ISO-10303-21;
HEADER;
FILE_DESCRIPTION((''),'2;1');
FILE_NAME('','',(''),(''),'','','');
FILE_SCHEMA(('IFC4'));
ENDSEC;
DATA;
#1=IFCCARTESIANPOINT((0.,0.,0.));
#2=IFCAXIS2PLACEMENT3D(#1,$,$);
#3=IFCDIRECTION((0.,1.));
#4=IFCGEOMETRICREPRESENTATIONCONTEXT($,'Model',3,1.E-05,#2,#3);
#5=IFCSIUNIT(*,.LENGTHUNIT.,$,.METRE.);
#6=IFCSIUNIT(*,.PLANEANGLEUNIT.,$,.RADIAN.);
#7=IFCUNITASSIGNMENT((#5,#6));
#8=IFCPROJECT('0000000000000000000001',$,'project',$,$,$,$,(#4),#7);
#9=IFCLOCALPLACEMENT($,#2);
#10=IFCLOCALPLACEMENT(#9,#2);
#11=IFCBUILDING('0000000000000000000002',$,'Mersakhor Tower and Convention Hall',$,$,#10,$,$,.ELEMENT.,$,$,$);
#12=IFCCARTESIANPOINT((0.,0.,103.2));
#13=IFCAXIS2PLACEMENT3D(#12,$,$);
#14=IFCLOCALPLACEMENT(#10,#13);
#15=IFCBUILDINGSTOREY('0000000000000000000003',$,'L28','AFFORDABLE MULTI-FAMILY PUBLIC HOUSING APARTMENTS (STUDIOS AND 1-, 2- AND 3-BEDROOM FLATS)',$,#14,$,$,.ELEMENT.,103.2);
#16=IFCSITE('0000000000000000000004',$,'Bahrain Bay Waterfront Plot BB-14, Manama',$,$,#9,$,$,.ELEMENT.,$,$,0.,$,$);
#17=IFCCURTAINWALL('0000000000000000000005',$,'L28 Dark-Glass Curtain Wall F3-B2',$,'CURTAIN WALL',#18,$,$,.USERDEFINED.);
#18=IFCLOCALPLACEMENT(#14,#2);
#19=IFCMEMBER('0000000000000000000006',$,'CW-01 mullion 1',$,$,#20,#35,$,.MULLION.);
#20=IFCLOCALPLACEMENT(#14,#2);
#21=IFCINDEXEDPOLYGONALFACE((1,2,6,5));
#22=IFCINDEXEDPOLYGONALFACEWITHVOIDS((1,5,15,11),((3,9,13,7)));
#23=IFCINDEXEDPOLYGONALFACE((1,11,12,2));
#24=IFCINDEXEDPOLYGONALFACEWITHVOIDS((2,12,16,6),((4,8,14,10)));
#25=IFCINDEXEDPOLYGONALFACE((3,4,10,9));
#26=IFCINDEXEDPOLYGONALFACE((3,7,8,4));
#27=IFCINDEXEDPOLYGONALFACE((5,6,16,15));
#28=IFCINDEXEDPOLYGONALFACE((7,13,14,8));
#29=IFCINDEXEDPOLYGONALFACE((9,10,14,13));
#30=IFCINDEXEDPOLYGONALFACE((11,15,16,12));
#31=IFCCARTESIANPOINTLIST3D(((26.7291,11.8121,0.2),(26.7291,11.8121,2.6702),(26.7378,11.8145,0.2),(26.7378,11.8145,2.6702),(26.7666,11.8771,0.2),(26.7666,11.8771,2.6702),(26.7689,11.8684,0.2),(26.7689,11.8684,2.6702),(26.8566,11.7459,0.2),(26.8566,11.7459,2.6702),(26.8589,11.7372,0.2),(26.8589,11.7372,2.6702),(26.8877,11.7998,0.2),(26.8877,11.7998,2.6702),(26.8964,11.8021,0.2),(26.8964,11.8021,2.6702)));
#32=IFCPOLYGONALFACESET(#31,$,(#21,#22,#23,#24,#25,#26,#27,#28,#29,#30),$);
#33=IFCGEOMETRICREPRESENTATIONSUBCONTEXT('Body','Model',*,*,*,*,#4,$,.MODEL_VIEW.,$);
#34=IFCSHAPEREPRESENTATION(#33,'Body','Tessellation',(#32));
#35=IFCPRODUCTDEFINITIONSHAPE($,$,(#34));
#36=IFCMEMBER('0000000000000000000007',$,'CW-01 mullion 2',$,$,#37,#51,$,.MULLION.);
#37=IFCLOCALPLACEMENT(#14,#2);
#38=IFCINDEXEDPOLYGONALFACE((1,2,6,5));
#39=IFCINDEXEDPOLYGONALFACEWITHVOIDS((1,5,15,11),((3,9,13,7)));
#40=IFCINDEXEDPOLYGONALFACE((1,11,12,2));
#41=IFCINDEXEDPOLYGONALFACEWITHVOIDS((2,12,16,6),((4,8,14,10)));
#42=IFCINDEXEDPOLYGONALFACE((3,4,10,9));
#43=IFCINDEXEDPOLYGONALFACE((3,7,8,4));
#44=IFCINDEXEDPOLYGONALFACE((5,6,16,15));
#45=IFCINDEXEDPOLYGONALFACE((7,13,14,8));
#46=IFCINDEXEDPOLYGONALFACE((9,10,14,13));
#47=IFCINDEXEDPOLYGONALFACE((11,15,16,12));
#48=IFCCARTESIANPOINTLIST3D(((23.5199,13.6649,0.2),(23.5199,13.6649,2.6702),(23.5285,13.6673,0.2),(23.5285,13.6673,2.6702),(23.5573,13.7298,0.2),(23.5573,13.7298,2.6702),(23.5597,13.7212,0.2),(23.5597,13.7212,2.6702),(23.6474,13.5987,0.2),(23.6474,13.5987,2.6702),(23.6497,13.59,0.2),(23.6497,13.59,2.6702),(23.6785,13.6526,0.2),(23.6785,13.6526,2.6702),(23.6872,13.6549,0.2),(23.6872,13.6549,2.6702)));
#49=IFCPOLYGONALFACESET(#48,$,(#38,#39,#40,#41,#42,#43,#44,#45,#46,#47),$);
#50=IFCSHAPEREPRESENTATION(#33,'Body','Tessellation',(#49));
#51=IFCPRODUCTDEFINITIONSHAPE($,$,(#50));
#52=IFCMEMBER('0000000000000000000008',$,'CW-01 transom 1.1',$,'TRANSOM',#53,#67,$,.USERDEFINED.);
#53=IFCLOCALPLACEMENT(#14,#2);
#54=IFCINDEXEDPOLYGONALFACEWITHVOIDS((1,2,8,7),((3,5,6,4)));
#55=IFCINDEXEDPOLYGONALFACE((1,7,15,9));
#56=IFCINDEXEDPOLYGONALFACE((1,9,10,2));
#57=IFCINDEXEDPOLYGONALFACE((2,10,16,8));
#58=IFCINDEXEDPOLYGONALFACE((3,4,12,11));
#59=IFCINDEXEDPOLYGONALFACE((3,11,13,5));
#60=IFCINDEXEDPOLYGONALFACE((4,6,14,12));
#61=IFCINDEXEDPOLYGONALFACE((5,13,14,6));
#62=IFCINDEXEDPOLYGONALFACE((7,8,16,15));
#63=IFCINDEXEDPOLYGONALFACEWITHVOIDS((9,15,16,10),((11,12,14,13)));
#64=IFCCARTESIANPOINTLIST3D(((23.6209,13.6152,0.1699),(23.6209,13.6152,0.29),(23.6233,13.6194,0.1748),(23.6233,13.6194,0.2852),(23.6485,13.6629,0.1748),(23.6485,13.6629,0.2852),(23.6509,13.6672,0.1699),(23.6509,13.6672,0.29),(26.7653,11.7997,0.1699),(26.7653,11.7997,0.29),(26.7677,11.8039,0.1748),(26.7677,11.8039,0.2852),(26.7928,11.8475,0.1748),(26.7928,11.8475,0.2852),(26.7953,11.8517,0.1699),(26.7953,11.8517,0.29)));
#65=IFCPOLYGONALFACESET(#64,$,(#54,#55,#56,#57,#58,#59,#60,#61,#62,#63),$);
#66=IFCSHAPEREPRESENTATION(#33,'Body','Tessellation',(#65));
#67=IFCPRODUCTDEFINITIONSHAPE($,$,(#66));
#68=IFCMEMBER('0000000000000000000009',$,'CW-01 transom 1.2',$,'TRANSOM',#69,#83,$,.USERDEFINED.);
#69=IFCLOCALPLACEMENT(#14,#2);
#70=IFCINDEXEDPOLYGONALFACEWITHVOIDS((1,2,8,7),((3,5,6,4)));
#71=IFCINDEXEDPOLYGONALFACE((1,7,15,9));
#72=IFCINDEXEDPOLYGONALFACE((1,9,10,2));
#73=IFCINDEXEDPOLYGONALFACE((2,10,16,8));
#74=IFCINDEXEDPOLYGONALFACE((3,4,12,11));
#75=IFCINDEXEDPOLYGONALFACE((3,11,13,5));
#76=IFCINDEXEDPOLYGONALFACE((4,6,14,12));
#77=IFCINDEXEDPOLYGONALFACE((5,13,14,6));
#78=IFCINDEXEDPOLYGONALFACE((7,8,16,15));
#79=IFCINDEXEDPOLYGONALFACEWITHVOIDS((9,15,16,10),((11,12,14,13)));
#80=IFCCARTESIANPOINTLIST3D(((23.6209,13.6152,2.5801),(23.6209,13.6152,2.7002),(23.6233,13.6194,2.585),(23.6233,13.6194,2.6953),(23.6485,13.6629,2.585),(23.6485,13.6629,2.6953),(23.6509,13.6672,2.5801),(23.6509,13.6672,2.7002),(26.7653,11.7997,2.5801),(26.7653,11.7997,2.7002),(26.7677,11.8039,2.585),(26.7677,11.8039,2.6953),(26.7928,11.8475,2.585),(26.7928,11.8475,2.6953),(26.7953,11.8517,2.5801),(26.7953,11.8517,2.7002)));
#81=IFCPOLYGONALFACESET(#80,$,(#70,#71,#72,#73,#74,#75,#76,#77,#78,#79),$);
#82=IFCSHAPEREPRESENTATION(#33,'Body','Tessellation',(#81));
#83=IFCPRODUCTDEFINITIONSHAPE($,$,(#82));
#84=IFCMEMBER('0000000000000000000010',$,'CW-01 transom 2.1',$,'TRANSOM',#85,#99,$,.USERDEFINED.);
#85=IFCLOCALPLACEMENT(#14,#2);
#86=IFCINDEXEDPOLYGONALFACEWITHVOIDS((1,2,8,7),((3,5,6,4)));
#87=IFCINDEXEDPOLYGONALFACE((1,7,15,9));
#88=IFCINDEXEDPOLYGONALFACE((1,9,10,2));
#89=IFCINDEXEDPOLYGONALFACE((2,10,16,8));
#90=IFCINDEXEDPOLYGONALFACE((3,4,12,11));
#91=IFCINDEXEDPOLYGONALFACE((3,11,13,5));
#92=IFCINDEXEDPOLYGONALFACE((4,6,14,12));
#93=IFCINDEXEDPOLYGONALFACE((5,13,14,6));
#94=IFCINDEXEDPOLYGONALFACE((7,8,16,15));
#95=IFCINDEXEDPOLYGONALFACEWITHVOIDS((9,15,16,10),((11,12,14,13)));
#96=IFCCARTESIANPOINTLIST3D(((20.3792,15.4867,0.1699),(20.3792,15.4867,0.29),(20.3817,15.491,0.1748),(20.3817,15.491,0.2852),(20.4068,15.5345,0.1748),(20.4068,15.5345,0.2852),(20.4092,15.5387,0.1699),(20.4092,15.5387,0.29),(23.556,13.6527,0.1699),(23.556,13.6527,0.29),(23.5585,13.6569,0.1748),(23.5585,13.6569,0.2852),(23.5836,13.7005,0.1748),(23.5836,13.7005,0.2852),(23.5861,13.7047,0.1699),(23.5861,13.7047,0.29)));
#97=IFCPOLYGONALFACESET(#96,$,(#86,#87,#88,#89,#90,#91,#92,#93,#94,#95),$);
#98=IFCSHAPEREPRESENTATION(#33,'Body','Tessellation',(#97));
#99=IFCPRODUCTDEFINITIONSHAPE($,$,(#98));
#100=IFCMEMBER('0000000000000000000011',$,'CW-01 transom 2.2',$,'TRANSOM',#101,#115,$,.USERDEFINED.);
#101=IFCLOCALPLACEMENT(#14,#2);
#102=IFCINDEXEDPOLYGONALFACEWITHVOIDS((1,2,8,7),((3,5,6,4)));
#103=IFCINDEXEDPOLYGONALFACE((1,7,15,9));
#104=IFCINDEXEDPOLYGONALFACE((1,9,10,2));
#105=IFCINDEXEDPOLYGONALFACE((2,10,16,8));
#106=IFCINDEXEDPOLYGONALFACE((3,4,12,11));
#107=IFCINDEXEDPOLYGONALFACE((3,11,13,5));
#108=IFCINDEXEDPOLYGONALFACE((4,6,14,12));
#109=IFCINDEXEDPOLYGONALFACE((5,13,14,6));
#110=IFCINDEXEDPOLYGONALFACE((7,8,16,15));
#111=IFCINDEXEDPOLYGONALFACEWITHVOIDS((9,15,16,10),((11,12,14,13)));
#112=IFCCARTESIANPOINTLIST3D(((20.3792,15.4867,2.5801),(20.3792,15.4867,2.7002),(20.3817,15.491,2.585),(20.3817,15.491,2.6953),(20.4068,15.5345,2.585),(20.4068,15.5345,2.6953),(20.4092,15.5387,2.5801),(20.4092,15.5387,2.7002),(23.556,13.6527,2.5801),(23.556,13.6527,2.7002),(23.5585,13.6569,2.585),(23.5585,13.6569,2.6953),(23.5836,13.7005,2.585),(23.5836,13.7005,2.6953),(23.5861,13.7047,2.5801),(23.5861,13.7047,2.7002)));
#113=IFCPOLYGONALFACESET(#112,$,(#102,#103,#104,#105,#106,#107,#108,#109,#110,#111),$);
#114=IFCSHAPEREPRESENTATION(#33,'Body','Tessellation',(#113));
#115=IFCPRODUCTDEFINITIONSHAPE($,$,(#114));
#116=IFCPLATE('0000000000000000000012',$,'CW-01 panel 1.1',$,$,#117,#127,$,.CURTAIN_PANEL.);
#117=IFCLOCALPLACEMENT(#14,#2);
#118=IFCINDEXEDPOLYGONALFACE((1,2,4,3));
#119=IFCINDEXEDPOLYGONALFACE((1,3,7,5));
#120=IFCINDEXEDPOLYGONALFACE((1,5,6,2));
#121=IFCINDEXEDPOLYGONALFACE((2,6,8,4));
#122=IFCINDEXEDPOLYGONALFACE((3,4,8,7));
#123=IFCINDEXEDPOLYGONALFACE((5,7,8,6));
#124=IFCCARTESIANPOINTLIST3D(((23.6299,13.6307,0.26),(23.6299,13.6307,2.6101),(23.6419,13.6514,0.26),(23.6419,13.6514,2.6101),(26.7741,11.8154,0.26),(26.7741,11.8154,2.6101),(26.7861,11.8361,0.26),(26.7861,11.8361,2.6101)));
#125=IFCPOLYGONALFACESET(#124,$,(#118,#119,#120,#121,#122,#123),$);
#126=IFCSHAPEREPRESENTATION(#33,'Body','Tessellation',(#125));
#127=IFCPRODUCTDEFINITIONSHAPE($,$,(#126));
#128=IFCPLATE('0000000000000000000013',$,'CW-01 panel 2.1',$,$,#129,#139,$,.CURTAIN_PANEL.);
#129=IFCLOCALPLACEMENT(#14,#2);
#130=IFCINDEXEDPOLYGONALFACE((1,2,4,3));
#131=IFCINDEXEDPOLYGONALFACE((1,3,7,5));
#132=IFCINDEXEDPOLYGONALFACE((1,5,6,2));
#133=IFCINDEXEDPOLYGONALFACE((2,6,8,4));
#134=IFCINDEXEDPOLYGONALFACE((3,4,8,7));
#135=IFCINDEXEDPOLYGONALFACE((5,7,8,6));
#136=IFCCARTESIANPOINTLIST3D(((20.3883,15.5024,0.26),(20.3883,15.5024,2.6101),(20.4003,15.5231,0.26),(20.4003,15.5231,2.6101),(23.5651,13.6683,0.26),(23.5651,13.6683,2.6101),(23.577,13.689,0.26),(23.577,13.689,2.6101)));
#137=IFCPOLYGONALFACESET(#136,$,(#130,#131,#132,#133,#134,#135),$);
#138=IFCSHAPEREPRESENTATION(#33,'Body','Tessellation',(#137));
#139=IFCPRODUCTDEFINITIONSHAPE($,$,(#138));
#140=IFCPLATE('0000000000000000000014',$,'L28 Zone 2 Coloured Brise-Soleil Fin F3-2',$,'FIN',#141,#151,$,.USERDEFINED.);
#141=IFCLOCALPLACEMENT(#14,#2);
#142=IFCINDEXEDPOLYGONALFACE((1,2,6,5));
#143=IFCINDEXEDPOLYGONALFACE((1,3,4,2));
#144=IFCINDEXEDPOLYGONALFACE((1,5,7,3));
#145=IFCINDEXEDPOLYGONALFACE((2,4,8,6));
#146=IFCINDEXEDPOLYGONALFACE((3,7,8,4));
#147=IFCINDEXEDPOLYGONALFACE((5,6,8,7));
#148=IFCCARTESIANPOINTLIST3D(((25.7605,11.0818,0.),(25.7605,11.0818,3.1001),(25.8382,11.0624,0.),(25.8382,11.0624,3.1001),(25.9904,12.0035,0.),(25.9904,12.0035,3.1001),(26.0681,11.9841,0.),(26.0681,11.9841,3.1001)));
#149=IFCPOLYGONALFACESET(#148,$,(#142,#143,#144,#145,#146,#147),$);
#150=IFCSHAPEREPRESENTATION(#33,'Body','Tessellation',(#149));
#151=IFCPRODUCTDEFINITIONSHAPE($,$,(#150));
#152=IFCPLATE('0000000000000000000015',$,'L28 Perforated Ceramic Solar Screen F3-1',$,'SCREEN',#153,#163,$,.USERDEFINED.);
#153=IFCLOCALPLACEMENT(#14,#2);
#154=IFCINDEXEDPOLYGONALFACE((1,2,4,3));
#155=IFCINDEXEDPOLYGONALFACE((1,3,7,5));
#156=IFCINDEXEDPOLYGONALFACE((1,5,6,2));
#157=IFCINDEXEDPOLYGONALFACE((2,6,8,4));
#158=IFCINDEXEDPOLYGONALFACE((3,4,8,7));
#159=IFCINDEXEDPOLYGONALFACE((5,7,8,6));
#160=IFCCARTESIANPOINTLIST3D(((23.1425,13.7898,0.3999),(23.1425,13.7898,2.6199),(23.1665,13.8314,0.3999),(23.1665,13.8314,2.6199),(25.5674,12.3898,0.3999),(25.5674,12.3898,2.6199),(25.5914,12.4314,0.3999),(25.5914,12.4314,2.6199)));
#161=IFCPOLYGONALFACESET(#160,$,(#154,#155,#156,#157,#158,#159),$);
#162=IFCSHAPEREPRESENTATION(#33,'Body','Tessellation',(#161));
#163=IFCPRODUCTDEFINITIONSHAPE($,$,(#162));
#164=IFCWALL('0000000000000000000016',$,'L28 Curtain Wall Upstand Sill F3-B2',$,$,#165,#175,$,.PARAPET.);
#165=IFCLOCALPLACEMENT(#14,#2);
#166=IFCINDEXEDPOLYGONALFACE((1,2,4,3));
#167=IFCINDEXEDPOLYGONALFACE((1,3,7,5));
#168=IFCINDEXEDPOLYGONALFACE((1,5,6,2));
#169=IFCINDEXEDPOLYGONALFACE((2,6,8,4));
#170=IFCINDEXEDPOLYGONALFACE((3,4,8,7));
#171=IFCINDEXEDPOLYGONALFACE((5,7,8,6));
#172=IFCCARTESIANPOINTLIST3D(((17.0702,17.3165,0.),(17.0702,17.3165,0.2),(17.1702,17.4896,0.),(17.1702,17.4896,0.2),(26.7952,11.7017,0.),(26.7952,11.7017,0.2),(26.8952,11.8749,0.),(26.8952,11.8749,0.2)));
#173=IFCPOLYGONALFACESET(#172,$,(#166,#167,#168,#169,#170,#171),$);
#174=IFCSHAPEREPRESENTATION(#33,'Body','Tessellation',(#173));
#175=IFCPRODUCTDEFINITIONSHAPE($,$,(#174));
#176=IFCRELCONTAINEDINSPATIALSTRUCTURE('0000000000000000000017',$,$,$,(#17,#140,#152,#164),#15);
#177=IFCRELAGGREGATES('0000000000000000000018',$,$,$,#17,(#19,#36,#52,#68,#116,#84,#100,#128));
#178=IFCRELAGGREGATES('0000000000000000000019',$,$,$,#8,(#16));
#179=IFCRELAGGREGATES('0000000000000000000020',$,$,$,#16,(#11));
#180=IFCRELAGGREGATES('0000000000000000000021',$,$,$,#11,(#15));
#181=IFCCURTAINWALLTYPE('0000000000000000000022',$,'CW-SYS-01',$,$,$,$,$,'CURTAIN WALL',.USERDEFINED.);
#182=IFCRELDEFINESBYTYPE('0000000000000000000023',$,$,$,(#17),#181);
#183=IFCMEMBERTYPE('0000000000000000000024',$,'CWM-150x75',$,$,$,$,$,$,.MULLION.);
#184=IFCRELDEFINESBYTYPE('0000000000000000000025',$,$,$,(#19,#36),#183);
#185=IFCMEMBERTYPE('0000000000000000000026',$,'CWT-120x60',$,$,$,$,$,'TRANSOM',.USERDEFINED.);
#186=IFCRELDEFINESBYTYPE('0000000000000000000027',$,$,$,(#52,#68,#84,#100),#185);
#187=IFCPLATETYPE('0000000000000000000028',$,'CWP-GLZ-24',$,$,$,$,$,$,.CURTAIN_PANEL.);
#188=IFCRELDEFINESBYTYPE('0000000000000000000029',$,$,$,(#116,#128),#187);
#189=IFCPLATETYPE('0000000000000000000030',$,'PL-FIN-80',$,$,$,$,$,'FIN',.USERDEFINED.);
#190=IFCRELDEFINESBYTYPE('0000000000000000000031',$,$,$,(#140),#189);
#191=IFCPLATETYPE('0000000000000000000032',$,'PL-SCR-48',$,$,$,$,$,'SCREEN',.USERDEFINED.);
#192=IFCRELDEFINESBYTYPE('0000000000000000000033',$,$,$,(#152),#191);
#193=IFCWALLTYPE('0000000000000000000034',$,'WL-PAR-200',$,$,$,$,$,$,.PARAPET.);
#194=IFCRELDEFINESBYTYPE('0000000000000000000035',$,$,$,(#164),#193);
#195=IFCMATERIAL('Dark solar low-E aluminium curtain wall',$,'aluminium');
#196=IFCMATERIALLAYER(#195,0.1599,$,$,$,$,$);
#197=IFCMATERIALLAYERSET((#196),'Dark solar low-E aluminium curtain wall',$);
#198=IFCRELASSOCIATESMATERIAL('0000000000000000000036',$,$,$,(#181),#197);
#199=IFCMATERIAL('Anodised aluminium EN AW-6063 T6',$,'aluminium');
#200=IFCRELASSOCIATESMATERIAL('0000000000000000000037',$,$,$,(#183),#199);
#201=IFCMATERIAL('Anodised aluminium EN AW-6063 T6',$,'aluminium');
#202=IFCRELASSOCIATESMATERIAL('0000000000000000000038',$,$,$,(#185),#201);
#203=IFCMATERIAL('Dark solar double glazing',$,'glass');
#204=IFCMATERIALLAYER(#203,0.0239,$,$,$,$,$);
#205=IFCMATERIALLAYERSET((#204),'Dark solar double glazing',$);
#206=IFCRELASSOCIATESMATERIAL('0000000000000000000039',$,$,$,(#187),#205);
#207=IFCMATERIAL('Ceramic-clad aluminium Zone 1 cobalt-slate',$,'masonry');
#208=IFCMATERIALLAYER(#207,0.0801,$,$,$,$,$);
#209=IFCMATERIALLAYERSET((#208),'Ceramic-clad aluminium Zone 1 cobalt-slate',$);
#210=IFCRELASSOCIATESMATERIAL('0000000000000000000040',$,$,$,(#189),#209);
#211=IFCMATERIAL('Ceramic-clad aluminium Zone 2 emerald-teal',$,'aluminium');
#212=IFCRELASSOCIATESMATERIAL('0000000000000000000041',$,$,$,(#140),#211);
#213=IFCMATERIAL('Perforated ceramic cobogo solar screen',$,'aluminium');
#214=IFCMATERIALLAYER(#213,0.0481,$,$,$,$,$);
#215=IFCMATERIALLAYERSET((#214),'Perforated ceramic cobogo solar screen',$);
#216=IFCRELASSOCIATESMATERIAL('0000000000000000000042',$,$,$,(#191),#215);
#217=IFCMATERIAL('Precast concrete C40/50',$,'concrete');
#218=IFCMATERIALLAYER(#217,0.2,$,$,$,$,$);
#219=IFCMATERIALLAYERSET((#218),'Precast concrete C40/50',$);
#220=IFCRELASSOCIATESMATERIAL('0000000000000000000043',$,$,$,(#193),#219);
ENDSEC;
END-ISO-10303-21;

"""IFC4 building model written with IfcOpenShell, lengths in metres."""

from ifc_helpers import new_model, si_unit, direction, frame, frame_2d, origin, origin_2d, place, context, subcontext, project, spatial, rectangle, hollow_rectangle, extrude, material, layer, layer_set, material_profile, profile_set, type_object, element, aggregate, save


model = new_model("IFC4")

# Units and contexts
model_context = context("Model", 3, precision=1e-05, world=origin(), true_north=direction((0.0, 1.0)))
body_context = subcontext(model_context, "Body", "Model", "MODEL_VIEW")
ifc_project = project(units=[si_unit("LENGTHUNIT", "METRE"), si_unit("PLANEANGLEUNIT", "RADIAN")], contexts=[model_context])

# Site, building, storey
site_placement = place(None, origin())
site = spatial("IfcSite", under=ifc_project, at=site_placement, Name="Bahrain Bay Waterfront Plot BB-14, Manama", CompositionType="ELEMENT", RefElevation=0.0)
building_placement = place(site_placement, origin())
building = spatial("IfcBuilding", under=site, at=building_placement, Name="Mersakhor Tower and Convention Hall", CompositionType="ELEMENT")
storey_placement = place(building_placement, frame((0.0, 0.0, 103.2)))
storey = spatial("IfcBuildingStorey", under=building, at=storey_placement, Name="L28", Description="AFFORDABLE MULTI-FAMILY PUBLIC HOUSING APARTMENTS (STUDIOS AND 1-, 2- AND 3-BEDROOM FLATS)", CompositionType="ELEMENT", Elevation=103.2)

# Curtain wall, members, plates
ifc_material_1 = material(Name="Dark solar low-E aluminium curtain wall", Category="aluminium")
ifc_layer_1 = layer(ifc_material_1, 0.1599)
ifc_layer_set_1 = layer_set([ifc_layer_1], Name="Dark solar low-E aluminium curtain wall")
curtain_wall_type = type_object("IfcCurtainWallType", Name="CW-SYS-01", ElementType="CURTAIN WALL", PredefinedType="USERDEFINED", material=ifc_layer_set_1)
curtain_wall_placement = place(storey_placement, origin())
curtain_wall = element("IfcCurtainWall", 1, at=curtain_wall_placement, inside=storey, type_object=curtain_wall_type, Name="L28 Dark-Glass Curtain Wall F3-B2", ObjectType="CURTAIN WALL", PredefinedType="USERDEFINED")
ifc_material_2 = material(Name="Anodised aluminium EN AW-6063 T6", Category="aluminium")
ifc_material_profile_1 = material_profile(ifc_material_2, hollow_rectangle(XDim=0.075, YDim=0.1499, WallThickness=0.0063, at=origin_2d()), Name="RHS 150x75x6.3")
ifc_profile_set_1 = profile_set([ifc_material_profile_1], Name="Anodised aluminium EN AW-6063 T6")
member_type_1 = type_object("IfcMemberType", Name="CWM-150x75", PredefinedType="MULLION", material=ifc_profile_set_1)
member_1_placement = place(storey_placement, frame((26.8127, 11.8071, 0.2), z_axis=(0.0, 0.0, 1.0), x_axis=(-0.499998, -0.866027, 0.0)))
member_1 = element("IfcMember", 2, at=member_1_placement, type_object=member_type_1, Name="CW-01 mullion 1", PredefinedType="MULLION", context=body_context, shape_type="SweptSolid", body=[
    extrude(hollow_rectangle(XDim=0.075, YDim=0.1499, WallThickness=0.0063, at=origin_2d()), origin(), (0.0, 0.0, 1.0), 2.4702),
])
member_2_placement = place(storey_placement, frame((23.6035, 13.6599, 0.2), z_axis=(0.0, 0.0, 1.0), x_axis=(-0.499998, -0.866027, 0.0)))
member_2 = element("IfcMember", 3, at=member_2_placement, type_object=member_type_1, Name="CW-01 mullion 2", PredefinedType="MULLION", context=body_context, shape_type="SweptSolid", body=[
    extrude(hollow_rectangle(XDim=0.075, YDim=0.1499, WallThickness=0.0063, at=origin_2d()), origin(), (0.0, 0.0, 1.0), 2.4702),
])
ifc_material_3 = material(Name="Anodised aluminium EN AW-6063 T6", Category="aluminium")
ifc_material_profile_2 = material_profile(ifc_material_3, hollow_rectangle(XDim=0.0601, YDim=0.1201, WallThickness=0.0049, at=origin_2d()), Name="RHS 120x60x5")
ifc_profile_set_2 = profile_set([ifc_material_profile_2], Name="Anodised aluminium EN AW-6063 T6")
member_type_2 = type_object("IfcMemberType", Name="CWT-120x60", ElementType="TRANSOM", PredefinedType="USERDEFINED", material=ifc_profile_set_2)
member_3_placement = place(storey_placement, frame((26.7803, 11.8257, 0.23), z_axis=(-0.866016, 0.500015, 0.0), x_axis=(-0.500015, -0.866016, 0.0)))
member_3 = element("IfcMember", 4, at=member_3_placement, type_object=member_type_2, Name="CW-01 transom 1.1", ObjectType="TRANSOM", PredefinedType="USERDEFINED", context=body_context, shape_type="SweptSolid", body=[
    extrude(hollow_rectangle(XDim=0.0601, YDim=0.1201, WallThickness=0.0049, at=origin_2d()), origin(), (0.0, 0.0, 1.0), 3.6309),
])
member_4_placement = place(storey_placement, frame((26.7803, 11.8257, 2.6401), z_axis=(-0.866016, 0.500015, 0.0), x_axis=(-0.500015, -0.866016, 0.0)))
member_4 = element("IfcMember", 5, at=member_4_placement, type_object=member_type_2, Name="CW-01 transom 1.2", ObjectType="TRANSOM", PredefinedType="USERDEFINED", context=body_context, shape_type="SweptSolid", body=[
    extrude(hollow_rectangle(XDim=0.0601, YDim=0.1201, WallThickness=0.0049, at=origin_2d()), origin(), (0.0, 0.0, 1.0), 3.6309),
])
member_5_placement = place(storey_placement, frame((23.571, 13.6787, 0.23), z_axis=(-0.866039, 0.499976, 0.0), x_axis=(-0.499976, -0.866039, 0.0)))
member_5 = element("IfcMember", 6, at=member_5_placement, type_object=member_type_2, Name="CW-01 transom 2.1", ObjectType="TRANSOM", PredefinedType="USERDEFINED", context=body_context, shape_type="SweptSolid", body=[
    extrude(hollow_rectangle(XDim=0.0601, YDim=0.1201, WallThickness=0.0049, at=origin_2d()), origin(), (0.0, 0.0, 1.0), 3.6682),
])
member_6_placement = place(storey_placement, frame((23.571, 13.6787, 2.6401), z_axis=(-0.866039, 0.499976, 0.0), x_axis=(-0.499976, -0.866039, 0.0)))
member_6 = element("IfcMember", 7, at=member_6_placement, type_object=member_type_2, Name="CW-01 transom 2.2", ObjectType="TRANSOM", PredefinedType="USERDEFINED", context=body_context, shape_type="SweptSolid", body=[
    extrude(hollow_rectangle(XDim=0.0601, YDim=0.1201, WallThickness=0.0049, at=origin_2d()), origin(), (0.0, 0.0, 1.0), 3.6682),
])
ifc_material_4 = material(Name="Dark solar double glazing", Category="glass")
ifc_layer_2 = layer(ifc_material_4, 0.0239)
ifc_layer_set_2 = layer_set([ifc_layer_2], Name="Dark solar double glazing")
plate_type_1 = type_object("IfcPlateType", Name="CWP-GLZ-24", PredefinedType="CURTAIN_PANEL", material=ifc_layer_set_2)
plate_1_placement = place(storey_placement, frame((25.208, 12.7334, 0.26), z_axis=(0.0, 0.0, 1.0), x_axis=(-0.866027, 0.499998, 0.0)))
plate_1 = element("IfcPlate", 8, at=plate_1_placement, type_object=plate_type_1, Name="CW-01 panel 1.1", PredefinedType="CURTAIN_PANEL", context=body_context, shape_type="SweptSolid", body=[
    extrude(rectangle(XDim=3.6306, YDim=0.0239, at=origin_2d()), origin(), (0.0, 0.0, 1.0), 2.3501),
])
plate_2_placement = place(storey_placement, frame((21.9827, 14.5957, 0.26), z_axis=(0.0, 0.0, 1.0), x_axis=(-0.866027, 0.499998, 0.0)))
plate_2 = element("IfcPlate", 9, at=plate_2_placement, type_object=plate_type_1, Name="CW-01 panel 2.1", PredefinedType="CURTAIN_PANEL", context=body_context, shape_type="SweptSolid", body=[
    extrude(rectangle(XDim=3.6682, YDim=0.0239, at=origin_2d()), origin(), (0.0, 0.0, 1.0), 2.3501),
])
aggregate(curtain_wall, [member_1, member_2, member_3, member_4, plate_1, member_5, member_6, plate_2])

# Plates
ifc_material_5 = material(Name="Ceramic-clad aluminium Zone 2 emerald-teal", Category="aluminium")
ifc_material_6 = material(Name="Ceramic-clad aluminium Zone 1 cobalt-slate", Category="masonry")
ifc_layer_3 = layer(ifc_material_6, 0.0801)
ifc_layer_set_3 = layer_set([ifc_layer_3], Name="Ceramic-clad aluminium Zone 1 cobalt-slate")
plate_type_2 = type_object("IfcPlateType", Name="PL-FIN-80", ElementType="FIN", PredefinedType="USERDEFINED", material=ifc_layer_set_3)
plate_3_placement = place(storey_placement, frame((25.9143, 11.533, 0.0), z_axis=(0.0, 0.0, 1.0), x_axis=(-0.241922, -0.970296, 0.0)))
element("IfcPlate", 10, at=plate_3_placement, inside=storey, type_object=plate_type_2, material=ifc_material_5, Name="L28 Zone 2 Coloured Brise-Soleil Fin F3-2", ObjectType="FIN", PredefinedType="USERDEFINED", context=body_context, shape_type="SweptSolid", body=[
    extrude(rectangle(XDim=0.95, YDim=0.0801, at=origin_2d()), origin(), (0.0, 0.0, 1.0), 3.1001),
])
ifc_material_7 = material(Name="Perforated ceramic cobogo solar screen", Category="aluminium")
ifc_layer_4 = layer(ifc_material_7, 0.0481)
ifc_layer_set_4 = layer_set([ifc_layer_4], Name="Perforated ceramic cobogo solar screen")
plate_type_3 = type_object("IfcPlateType", Name="PL-SCR-48", ElementType="SCREEN", PredefinedType="USERDEFINED", material=ifc_layer_set_4)
plate_4_placement = place(storey_placement, frame((24.3669, 13.1106, 0.3999), z_axis=(0.0, 0.0, 1.0), x_axis=(-0.866025, 0.5, 0.0)))
element("IfcPlate", 11, at=plate_4_placement, inside=storey, type_object=plate_type_3, Name="L28 Perforated Ceramic Solar Screen F3-1", ObjectType="SCREEN", PredefinedType="USERDEFINED", context=body_context, shape_type="SweptSolid", body=[
    extrude(rectangle(XDim=2.8, YDim=0.0481, at=origin_2d()), origin(), (0.0, 0.0, 1.0), 2.22),
])

# Wall
ifc_material_8 = material(Name="Precast concrete C40/50", Category="concrete")
ifc_layer_5 = layer(ifc_material_8, 0.2)
ifc_layer_set_5 = layer_set([ifc_layer_5], Name="Precast concrete C40/50")
wall_type_1 = type_object("IfcWallType", Name="WL-PAR-200", PredefinedType="PARAPET", material=ifc_layer_set_5)
wall_1_placement = place(storey_placement, frame((26.8452, 11.7883, 0.0), z_axis=(0.0, 0.0, 1.0), x_axis=(-0.866027, 0.499997, 0.0)))
element("IfcWall", 12, at=wall_1_placement, inside=storey, type_object=wall_type_1, Name="L28 Curtain Wall Upstand Sill F3-B2", PredefinedType="PARAPET", context=body_context, shape_type="SweptSolid", body=[
    extrude(rectangle(XDim=11.2295, YDim=0.2, at=frame_2d((5.6147, 0.0))), origin(), (0.0, 0.0, 1.0), 0.2),
])

save(model, "model.ifc")
